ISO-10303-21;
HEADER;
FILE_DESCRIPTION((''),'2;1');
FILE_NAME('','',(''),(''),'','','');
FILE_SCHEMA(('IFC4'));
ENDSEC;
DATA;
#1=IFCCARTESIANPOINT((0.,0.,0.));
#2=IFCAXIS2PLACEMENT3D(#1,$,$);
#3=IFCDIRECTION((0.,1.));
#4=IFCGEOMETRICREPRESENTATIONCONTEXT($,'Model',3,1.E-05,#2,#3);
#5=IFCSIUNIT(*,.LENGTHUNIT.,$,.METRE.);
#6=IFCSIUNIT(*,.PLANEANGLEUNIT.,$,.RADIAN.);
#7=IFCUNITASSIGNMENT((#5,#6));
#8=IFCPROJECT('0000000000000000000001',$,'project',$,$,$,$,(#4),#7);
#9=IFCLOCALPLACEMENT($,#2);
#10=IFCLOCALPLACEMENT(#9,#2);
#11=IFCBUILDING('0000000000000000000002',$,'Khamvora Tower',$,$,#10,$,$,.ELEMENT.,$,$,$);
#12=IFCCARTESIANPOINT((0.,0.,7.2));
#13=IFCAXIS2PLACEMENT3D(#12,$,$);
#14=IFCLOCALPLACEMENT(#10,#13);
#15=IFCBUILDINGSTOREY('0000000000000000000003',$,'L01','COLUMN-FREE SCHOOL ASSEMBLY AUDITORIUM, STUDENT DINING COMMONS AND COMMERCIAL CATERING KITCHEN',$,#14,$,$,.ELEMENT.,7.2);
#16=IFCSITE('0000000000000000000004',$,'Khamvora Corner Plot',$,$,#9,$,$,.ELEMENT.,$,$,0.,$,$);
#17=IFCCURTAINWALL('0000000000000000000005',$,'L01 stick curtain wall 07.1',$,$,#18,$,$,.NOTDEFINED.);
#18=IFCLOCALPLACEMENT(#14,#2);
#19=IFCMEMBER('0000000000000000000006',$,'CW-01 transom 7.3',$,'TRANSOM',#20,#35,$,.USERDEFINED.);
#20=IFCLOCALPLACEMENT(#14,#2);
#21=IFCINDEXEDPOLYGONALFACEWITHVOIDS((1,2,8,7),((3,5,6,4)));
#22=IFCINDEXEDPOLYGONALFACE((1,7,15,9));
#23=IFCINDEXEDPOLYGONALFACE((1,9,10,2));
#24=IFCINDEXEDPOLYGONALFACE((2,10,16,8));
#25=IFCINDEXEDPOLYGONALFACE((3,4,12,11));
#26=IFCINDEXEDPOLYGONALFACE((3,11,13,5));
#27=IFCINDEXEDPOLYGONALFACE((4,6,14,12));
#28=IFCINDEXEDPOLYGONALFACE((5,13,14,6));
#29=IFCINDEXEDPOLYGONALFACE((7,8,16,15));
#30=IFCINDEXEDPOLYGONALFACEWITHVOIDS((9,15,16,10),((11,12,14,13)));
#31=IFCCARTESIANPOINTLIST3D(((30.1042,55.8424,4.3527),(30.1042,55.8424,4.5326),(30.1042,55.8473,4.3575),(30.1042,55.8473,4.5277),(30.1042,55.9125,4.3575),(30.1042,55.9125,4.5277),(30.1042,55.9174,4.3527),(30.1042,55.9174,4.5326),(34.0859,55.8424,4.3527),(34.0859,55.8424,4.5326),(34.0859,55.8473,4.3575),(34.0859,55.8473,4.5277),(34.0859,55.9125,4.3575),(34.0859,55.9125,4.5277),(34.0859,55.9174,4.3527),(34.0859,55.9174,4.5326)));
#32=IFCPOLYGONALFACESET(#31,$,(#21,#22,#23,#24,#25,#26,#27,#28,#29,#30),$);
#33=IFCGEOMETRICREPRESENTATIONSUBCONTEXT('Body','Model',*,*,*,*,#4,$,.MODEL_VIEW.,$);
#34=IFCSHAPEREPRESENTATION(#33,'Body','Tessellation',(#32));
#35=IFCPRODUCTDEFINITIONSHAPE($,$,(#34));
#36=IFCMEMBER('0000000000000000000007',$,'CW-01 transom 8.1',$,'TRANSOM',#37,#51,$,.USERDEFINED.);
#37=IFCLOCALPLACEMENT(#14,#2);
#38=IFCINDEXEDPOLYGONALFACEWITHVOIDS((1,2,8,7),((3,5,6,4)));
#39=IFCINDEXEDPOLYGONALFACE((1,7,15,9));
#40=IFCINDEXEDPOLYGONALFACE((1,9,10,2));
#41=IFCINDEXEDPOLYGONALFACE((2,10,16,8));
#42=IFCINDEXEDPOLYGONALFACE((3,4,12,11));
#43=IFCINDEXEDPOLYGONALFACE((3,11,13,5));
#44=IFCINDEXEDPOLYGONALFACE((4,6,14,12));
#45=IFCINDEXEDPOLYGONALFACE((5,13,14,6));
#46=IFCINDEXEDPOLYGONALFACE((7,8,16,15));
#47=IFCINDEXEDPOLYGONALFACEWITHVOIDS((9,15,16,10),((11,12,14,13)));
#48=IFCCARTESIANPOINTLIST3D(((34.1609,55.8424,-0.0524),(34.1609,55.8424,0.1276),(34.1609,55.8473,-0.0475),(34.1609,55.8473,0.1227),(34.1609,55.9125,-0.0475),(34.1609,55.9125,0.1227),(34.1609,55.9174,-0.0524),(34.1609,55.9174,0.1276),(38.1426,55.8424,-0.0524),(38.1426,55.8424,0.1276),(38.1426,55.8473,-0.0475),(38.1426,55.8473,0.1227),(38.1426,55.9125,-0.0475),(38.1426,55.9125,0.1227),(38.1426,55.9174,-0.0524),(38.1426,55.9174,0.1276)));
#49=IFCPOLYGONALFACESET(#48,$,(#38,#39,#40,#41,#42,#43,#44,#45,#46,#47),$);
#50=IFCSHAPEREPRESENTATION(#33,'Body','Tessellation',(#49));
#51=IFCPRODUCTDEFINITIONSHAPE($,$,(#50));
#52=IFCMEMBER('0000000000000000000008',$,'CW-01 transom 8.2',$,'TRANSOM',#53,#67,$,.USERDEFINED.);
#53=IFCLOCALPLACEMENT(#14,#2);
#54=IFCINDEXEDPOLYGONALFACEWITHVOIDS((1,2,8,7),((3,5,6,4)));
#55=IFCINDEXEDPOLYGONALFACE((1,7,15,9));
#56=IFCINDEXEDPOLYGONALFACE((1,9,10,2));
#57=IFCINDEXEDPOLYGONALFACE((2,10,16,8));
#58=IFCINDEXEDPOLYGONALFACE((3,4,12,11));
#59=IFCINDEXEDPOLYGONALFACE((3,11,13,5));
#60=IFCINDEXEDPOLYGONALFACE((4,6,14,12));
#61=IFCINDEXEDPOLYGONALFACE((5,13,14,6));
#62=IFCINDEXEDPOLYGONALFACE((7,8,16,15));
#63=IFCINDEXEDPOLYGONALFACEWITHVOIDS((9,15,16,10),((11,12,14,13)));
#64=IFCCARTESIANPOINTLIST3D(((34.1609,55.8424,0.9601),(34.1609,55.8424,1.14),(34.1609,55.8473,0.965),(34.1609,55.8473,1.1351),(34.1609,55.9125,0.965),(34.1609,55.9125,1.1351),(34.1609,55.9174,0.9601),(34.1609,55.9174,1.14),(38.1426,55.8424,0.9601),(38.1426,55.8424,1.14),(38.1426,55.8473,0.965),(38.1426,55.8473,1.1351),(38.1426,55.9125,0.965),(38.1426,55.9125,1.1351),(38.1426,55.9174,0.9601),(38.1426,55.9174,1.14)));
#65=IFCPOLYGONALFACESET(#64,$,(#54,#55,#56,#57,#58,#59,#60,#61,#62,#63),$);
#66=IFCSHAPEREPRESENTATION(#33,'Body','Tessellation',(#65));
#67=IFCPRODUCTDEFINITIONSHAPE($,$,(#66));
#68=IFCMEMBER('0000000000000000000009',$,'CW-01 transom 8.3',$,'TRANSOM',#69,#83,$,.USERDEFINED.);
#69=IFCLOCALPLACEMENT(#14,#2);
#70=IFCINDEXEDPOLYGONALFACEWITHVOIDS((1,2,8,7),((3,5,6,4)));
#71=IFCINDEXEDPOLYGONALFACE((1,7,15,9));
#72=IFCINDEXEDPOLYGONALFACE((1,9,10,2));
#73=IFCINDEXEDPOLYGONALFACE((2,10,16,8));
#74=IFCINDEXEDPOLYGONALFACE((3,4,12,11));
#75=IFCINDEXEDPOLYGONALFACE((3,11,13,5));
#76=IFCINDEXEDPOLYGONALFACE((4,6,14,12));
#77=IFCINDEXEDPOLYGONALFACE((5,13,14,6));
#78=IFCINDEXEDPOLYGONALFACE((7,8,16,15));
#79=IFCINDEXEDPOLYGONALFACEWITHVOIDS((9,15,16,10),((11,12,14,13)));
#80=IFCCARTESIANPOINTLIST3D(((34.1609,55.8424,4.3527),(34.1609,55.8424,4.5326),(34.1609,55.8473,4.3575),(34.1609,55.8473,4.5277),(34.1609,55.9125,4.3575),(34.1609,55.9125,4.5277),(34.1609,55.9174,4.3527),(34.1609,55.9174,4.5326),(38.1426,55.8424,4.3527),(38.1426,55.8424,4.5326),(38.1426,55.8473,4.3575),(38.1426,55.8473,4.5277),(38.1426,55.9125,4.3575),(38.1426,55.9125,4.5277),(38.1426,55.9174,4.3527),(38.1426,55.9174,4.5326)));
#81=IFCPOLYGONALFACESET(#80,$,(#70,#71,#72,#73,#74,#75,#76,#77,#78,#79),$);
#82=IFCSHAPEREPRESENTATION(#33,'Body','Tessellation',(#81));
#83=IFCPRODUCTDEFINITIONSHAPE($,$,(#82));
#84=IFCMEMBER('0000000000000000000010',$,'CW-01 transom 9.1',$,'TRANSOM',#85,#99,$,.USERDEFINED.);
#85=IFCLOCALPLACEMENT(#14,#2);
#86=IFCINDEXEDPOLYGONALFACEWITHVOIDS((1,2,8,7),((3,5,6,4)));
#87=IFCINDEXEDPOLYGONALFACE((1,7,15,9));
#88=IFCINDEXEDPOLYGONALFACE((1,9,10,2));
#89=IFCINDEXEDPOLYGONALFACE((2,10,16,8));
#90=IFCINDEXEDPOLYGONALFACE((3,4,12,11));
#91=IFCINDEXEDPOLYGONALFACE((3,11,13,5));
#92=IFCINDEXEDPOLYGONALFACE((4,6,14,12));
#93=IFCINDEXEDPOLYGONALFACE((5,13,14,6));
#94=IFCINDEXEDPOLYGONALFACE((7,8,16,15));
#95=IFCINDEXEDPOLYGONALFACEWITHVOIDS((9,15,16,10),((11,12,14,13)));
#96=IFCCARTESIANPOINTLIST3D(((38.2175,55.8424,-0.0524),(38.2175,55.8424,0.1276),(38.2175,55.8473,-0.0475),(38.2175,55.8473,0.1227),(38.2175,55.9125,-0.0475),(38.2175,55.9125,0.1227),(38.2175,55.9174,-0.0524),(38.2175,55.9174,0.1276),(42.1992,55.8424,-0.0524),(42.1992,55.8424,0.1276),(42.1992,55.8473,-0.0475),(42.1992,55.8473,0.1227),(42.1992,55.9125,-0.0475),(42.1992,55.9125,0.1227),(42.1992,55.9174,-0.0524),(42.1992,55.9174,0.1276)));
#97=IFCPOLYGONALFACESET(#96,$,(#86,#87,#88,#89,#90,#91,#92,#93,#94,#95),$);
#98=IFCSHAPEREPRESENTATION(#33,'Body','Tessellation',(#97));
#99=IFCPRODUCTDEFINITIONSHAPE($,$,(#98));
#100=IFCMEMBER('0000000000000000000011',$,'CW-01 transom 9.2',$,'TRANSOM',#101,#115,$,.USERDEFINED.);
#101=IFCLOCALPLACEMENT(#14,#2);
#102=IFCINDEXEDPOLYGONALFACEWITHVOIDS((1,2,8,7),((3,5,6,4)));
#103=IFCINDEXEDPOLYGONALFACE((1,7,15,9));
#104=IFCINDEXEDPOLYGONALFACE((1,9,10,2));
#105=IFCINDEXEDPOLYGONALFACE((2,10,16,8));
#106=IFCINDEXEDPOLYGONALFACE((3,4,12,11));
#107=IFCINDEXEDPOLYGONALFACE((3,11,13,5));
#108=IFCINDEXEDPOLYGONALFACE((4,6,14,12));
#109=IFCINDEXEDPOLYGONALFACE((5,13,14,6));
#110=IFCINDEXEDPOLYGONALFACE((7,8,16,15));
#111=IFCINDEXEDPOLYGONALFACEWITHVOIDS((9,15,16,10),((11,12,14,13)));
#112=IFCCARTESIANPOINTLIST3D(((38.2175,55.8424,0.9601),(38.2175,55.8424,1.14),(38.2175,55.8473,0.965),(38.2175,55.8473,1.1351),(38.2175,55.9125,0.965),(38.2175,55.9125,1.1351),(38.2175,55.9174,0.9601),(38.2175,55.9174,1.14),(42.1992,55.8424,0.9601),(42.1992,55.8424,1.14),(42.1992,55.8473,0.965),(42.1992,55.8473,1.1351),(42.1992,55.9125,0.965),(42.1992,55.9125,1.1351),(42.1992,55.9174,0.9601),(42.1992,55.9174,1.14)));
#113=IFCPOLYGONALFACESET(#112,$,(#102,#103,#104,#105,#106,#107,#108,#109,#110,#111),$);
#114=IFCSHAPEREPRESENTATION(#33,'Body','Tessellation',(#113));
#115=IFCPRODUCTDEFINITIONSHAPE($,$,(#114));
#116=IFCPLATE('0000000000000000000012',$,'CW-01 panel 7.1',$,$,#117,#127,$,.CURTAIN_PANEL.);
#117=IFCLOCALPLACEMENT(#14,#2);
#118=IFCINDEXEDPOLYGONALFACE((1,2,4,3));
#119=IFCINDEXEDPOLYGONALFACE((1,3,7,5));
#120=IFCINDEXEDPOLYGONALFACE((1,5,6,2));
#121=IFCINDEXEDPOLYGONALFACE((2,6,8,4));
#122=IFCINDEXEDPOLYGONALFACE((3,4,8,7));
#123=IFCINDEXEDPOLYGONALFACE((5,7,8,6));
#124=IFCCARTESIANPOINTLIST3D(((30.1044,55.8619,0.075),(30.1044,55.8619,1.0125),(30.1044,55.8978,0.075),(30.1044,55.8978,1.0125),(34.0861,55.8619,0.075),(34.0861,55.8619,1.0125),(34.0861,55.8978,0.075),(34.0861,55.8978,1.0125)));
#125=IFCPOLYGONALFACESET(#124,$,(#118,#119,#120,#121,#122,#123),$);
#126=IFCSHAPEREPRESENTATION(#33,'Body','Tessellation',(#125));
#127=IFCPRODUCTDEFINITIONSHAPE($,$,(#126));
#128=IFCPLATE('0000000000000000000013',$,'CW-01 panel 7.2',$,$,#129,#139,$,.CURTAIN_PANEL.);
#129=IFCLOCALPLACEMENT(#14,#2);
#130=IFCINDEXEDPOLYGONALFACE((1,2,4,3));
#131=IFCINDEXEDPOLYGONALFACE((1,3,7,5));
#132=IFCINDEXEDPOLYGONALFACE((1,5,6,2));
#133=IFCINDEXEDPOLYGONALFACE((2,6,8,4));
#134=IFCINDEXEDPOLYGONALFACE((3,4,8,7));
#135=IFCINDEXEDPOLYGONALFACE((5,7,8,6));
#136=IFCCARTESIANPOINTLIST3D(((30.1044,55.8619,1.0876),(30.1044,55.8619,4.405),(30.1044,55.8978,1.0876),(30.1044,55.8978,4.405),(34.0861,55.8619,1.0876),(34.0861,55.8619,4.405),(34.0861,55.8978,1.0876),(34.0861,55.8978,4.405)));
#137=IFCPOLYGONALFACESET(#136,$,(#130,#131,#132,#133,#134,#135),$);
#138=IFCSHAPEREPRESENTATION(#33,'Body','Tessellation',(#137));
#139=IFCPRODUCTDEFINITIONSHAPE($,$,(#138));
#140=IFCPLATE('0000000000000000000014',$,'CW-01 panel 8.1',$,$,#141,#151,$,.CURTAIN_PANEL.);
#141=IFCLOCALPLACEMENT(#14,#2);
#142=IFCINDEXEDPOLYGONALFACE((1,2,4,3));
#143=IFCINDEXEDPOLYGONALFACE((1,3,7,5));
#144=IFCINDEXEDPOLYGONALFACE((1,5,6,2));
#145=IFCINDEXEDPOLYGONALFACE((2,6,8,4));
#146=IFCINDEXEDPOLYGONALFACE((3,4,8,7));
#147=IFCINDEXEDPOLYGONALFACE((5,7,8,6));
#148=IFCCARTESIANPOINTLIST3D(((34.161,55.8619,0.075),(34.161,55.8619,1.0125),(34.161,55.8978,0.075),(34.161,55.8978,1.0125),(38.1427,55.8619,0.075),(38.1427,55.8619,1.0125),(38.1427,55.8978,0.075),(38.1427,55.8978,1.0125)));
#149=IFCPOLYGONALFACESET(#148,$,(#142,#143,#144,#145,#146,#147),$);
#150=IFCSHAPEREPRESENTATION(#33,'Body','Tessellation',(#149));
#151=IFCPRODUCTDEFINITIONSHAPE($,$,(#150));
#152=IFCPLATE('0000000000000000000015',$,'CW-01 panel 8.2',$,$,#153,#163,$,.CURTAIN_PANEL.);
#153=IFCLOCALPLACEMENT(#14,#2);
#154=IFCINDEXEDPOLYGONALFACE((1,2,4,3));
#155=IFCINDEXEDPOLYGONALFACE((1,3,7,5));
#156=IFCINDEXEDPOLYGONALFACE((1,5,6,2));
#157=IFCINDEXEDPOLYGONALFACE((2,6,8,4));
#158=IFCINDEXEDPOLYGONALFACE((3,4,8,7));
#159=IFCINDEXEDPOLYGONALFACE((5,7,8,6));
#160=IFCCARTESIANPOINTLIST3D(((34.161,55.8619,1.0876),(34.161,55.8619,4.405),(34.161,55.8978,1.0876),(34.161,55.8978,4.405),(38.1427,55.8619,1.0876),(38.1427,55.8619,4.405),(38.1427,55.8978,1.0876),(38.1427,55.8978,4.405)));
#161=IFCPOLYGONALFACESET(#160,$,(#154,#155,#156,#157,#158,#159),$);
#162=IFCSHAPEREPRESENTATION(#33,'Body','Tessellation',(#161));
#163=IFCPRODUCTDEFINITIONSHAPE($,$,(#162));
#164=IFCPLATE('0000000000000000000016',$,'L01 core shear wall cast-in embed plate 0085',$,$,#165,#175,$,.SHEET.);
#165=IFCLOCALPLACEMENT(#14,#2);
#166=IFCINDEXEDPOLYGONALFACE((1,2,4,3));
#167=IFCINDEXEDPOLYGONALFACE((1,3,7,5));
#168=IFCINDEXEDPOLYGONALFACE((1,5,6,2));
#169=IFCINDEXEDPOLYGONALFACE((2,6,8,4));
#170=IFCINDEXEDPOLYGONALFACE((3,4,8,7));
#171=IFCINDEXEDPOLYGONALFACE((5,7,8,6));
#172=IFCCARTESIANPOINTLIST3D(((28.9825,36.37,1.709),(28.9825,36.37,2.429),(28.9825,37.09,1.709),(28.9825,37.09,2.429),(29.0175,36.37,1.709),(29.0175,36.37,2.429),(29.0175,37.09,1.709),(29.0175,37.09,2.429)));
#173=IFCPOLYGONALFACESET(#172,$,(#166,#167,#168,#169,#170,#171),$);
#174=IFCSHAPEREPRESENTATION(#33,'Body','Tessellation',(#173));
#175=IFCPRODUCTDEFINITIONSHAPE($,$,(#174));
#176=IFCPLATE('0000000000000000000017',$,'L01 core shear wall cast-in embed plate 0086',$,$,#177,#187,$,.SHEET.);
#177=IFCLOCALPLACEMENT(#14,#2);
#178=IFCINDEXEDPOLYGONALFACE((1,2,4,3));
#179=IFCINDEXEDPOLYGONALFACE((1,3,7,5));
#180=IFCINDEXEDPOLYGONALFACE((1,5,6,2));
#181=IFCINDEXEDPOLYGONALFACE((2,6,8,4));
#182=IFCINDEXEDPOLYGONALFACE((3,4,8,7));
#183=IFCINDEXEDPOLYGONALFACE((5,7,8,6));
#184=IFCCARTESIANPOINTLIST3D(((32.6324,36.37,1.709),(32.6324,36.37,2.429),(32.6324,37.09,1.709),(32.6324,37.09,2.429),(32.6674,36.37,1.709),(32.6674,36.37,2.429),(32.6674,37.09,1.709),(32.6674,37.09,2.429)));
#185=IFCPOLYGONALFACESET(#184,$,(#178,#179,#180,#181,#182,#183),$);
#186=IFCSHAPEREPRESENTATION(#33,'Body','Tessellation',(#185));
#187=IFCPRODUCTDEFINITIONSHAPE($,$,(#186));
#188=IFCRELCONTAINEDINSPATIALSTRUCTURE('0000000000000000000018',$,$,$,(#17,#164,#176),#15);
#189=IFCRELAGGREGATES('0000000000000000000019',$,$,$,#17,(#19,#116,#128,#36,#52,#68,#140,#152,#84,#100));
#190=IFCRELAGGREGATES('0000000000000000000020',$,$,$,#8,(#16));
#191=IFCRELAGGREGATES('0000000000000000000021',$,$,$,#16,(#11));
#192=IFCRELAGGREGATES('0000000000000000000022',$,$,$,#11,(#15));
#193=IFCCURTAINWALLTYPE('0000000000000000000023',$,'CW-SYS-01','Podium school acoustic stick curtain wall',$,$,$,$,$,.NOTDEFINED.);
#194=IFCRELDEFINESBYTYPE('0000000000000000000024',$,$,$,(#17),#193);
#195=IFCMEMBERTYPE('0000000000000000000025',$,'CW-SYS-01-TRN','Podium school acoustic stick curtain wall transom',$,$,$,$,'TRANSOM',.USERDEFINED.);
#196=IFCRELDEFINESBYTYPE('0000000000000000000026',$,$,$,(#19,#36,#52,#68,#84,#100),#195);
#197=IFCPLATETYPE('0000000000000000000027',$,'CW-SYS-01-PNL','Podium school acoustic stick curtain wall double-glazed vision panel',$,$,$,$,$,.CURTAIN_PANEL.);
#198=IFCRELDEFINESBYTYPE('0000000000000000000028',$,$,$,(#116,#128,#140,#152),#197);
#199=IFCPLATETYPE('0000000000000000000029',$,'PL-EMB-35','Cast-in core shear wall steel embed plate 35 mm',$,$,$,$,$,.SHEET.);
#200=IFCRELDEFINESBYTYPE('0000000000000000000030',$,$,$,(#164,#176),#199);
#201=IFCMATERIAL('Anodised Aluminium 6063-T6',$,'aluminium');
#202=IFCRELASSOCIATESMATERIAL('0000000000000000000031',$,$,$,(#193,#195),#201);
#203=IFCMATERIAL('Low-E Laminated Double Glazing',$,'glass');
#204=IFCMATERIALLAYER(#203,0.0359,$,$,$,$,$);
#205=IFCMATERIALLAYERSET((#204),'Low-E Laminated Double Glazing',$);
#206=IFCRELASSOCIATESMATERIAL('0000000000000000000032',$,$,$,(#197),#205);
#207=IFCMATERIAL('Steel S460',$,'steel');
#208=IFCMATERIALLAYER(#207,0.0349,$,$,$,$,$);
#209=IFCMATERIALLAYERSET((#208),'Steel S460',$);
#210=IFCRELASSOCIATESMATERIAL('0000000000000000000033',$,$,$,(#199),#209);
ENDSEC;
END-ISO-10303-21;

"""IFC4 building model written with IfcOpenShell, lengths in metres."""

from ifc_helpers import new_model, si_unit, direction, frame, origin, origin_2d, place, context, subcontext, project, spatial, rectangle, hollow_rectangle, extrude, material, layer, layer_set, material_profile, profile_set, type_object, element, aggregate, save


model = new_model("IFC4")

# Units and contexts
model_context = context("Model", 3, precision=1e-05, world=origin(), true_north=direction((0.0, 1.0)))
body_context = subcontext(model_context, "Body", "Model", "MODEL_VIEW")
ifc_project = project(units=[si_unit("LENGTHUNIT", "METRE"), si_unit("PLANEANGLEUNIT", "RADIAN")], contexts=[model_context])

# Site, building, storey
site_placement = place(None, origin())
site = spatial("IfcSite", under=ifc_project, at=site_placement, Name="Khamvora Corner Plot", CompositionType="ELEMENT", RefElevation=0.0)
building_placement = place(site_placement, origin())
building = spatial("IfcBuilding", under=site, at=building_placement, Name="Khamvora Tower", CompositionType="ELEMENT")
storey_placement = place(building_placement, frame((0.0, 0.0, 7.2)))
storey = spatial("IfcBuildingStorey", under=building, at=storey_placement, Name="L01", Description="COLUMN-FREE SCHOOL ASSEMBLY AUDITORIUM, STUDENT DINING COMMONS AND COMMERCIAL CATERING KITCHEN", CompositionType="ELEMENT", Elevation=7.2)

# Shared definitions
ifc_material_1 = material(Name="Steel S460", Category="steel")

# Curtain wall, members, plates
ifc_material_2 = material(Name="Anodised Aluminium 6063-T6", Category="aluminium")
curtain_wall_type = type_object("IfcCurtainWallType", Name="CW-SYS-01", Description="Podium school acoustic stick curtain wall", PredefinedType="NOTDEFINED", material=ifc_material_2)
curtain_wall_placement = place(storey_placement, origin())
curtain_wall = element("IfcCurtainWall", 1, at=curtain_wall_placement, inside=storey, type_object=curtain_wall_type, Name="L01 stick curtain wall 07.1", PredefinedType="NOTDEFINED")
ifc_material_profile_1 = material_profile(ifc_material_2, hollow_rectangle(XDim=0.075, YDim=0.1799, WallThickness=0.0049, at=origin_2d()), Name="TRN75x180x5")
ifc_profile_set_1 = profile_set([ifc_material_profile_1], Name="Anodised Aluminium 6063-T6")
member_type_1 = type_object("IfcMemberType", Name="CW-SYS-01-TRN", Description="Podium school acoustic stick curtain wall transom", ElementType="TRANSOM", PredefinedType="USERDEFINED", material=ifc_profile_set_1)
member_1_placement = place(storey_placement, frame((30.1042, 55.8799, 4.4426), z_axis=(1.0, 0.0, 0.0), x_axis=(0.0, 1.0, 0.0)))
member_1 = element("IfcMember", 2, at=member_1_placement, type_object=member_type_1, Name="CW-01 transom 7.3", ObjectType="TRANSOM", PredefinedType="USERDEFINED", context=body_context, shape_type="SweptSolid", body=[
    extrude(hollow_rectangle(XDim=0.075, YDim=0.1799, WallThickness=0.0049, at=origin_2d()), origin(), (0.0, 0.0, 1.0), 3.9817),
])
member_2_placement = place(storey_placement, frame((34.1609, 55.8799, 0.0376), z_axis=(1.0, 0.0, 0.0), x_axis=(0.0, 1.0, 0.0)))
member_2 = element("IfcMember", 3, at=member_2_placement, type_object=member_type_1, Name="CW-01 transom 8.1", ObjectType="TRANSOM", PredefinedType="USERDEFINED", context=body_context, shape_type="SweptSolid", body=[
    extrude(hollow_rectangle(XDim=0.075, YDim=0.1799, WallThickness=0.0049, at=origin_2d()), origin(), (0.0, 0.0, 1.0), 3.9817),
])
member_3_placement = place(storey_placement, frame((34.1609, 55.8799, 1.05), z_axis=(1.0, 0.0, 0.0), x_axis=(0.0, 1.0, 0.0)))
member_3 = element("IfcMember", 4, at=member_3_placement, type_object=member_type_1, Name="CW-01 transom 8.2", ObjectType="TRANSOM", PredefinedType="USERDEFINED", context=body_context, shape_type="SweptSolid", body=[
    extrude(hollow_rectangle(XDim=0.075, YDim=0.1799, WallThickness=0.0049, at=origin_2d()), origin(), (0.0, 0.0, 1.0), 3.9817),
])
member_4_placement = place(storey_placement, frame((34.1609, 55.8799, 4.4426), z_axis=(1.0, 0.0, 0.0), x_axis=(0.0, 1.0, 0.0)))
member_4 = element("IfcMember", 5, at=member_4_placement, type_object=member_type_1, Name="CW-01 transom 8.3", ObjectType="TRANSOM", PredefinedType="USERDEFINED", context=body_context, shape_type="SweptSolid", body=[
    extrude(hollow_rectangle(XDim=0.075, YDim=0.1799, WallThickness=0.0049, at=origin_2d()), origin(), (0.0, 0.0, 1.0), 3.9817),
])
member_5_placement = place(storey_placement, frame((38.2175, 55.8799, 0.0376), z_axis=(1.0, 0.0, 0.0), x_axis=(0.0, 1.0, 0.0)))
member_5 = element("IfcMember", 6, at=member_5_placement, type_object=member_type_1, Name="CW-01 transom 9.1", ObjectType="TRANSOM", PredefinedType="USERDEFINED", context=body_context, shape_type="SweptSolid", body=[
    extrude(hollow_rectangle(XDim=0.075, YDim=0.1799, WallThickness=0.0049, at=origin_2d()), origin(), (0.0, 0.0, 1.0), 3.9817),
])
member_6_placement = place(storey_placement, frame((38.2175, 55.8799, 1.05), z_axis=(1.0, 0.0, 0.0), x_axis=(0.0, 1.0, 0.0)))
member_6 = element("IfcMember", 7, at=member_6_placement, type_object=member_type_1, Name="CW-01 transom 9.2", ObjectType="TRANSOM", PredefinedType="USERDEFINED", context=body_context, shape_type="SweptSolid", body=[
    extrude(hollow_rectangle(XDim=0.075, YDim=0.1799, WallThickness=0.0049, at=origin_2d()), origin(), (0.0, 0.0, 1.0), 3.9817),
])
ifc_material_3 = material(Name="Low-E Laminated Double Glazing", Category="glass")
ifc_layer_1 = layer(ifc_material_3, 0.0359)
ifc_layer_set_1 = layer_set([ifc_layer_1], Name="Low-E Laminated Double Glazing")
plate_type_1 = type_object("IfcPlateType", Name="CW-SYS-01-PNL", Description="Podium school acoustic stick curtain wall double-glazed vision panel", PredefinedType="CURTAIN_PANEL", material=ifc_layer_set_1)
plate_1_placement = place(storey_placement, frame((32.0952, 55.8799, 0.075), z_axis=(0.0, 0.0, 1.0), x_axis=(1.0, 0.0, 0.0)))
plate_1 = element("IfcPlate", 8, at=plate_1_placement, type_object=plate_type_1, Name="CW-01 panel 7.1", PredefinedType="CURTAIN_PANEL", context=body_context, shape_type="SweptSolid", body=[
    extrude(rectangle(XDim=3.9817, YDim=0.0359, at=origin_2d()), origin(), (0.0, 0.0, 1.0), 0.9375),
])
plate_2_placement = place(storey_placement, frame((32.0952, 55.8799, 1.0876), z_axis=(0.0, 0.0, 1.0), x_axis=(1.0, 0.0, 0.0)))
plate_2 = element("IfcPlate", 9, at=plate_2_placement, type_object=plate_type_1, Name="CW-01 panel 7.2", PredefinedType="CURTAIN_PANEL", context=body_context, shape_type="SweptSolid", body=[
    extrude(rectangle(XDim=3.9817, YDim=0.0359, at=origin_2d()), origin(), (0.0, 0.0, 1.0), 3.3174),
])
plate_3_placement = place(storey_placement, frame((36.1519, 55.8799, 0.075), z_axis=(0.0, 0.0, 1.0), x_axis=(1.0, 0.0, 0.0)))
plate_3 = element("IfcPlate", 10, at=plate_3_placement, type_object=plate_type_1, Name="CW-01 panel 8.1", PredefinedType="CURTAIN_PANEL", context=body_context, shape_type="SweptSolid", body=[
    extrude(rectangle(XDim=3.9817, YDim=0.0359, at=origin_2d()), origin(), (0.0, 0.0, 1.0), 0.9375),
])
plate_4_placement = place(storey_placement, frame((36.1519, 55.8799, 1.0876), z_axis=(0.0, 0.0, 1.0), x_axis=(1.0, 0.0, 0.0)))
plate_4 = element("IfcPlate", 11, at=plate_4_placement, type_object=plate_type_1, Name="CW-01 panel 8.2", PredefinedType="CURTAIN_PANEL", context=body_context, shape_type="SweptSolid", body=[
    extrude(rectangle(XDim=3.9817, YDim=0.0359, at=origin_2d()), origin(), (0.0, 0.0, 1.0), 3.3174),
])
aggregate(curtain_wall, [member_1, plate_1, plate_2, member_2, member_3, member_4, plate_3, plate_4, member_5, member_6])

# Plates
ifc_layer_2 = layer(ifc_material_1, 0.0349)
ifc_layer_set_2 = layer_set([ifc_layer_2], Name="Steel S460")
plate_type_2 = type_object("IfcPlateType", Name="PL-EMB-35", Description="Cast-in core shear wall steel embed plate 35 mm", PredefinedType="SHEET", material=ifc_layer_set_2)
for number, where, z_axis, x_axis, name in (
    (12, (29.0, 36.73, 1.709), (0.0, 0.0, 1.0), (1.0, 0.0, 0.0), "L01 core shear wall cast-in embed plate 0085"),
    (13, (32.6499, 36.73, 1.709), (0.0, 0.0, 1.0), (1.0, 0.0, 0.0), "L01 core shear wall cast-in embed plate 0086"),
):
    element("IfcPlate", number, at=place(storey_placement, frame(where, z_axis=z_axis, x_axis=x_axis)), inside=storey, type_object=plate_type_2, Name=name, PredefinedType="SHEET", context=body_context, shape_type="SweptSolid", body=[
        extrude(rectangle(XDim=0.0349, YDim=0.72, at=origin_2d()), origin(), (0.0, 0.0, 1.0), 0.72),
    ])

save(model, "model.ifc")
